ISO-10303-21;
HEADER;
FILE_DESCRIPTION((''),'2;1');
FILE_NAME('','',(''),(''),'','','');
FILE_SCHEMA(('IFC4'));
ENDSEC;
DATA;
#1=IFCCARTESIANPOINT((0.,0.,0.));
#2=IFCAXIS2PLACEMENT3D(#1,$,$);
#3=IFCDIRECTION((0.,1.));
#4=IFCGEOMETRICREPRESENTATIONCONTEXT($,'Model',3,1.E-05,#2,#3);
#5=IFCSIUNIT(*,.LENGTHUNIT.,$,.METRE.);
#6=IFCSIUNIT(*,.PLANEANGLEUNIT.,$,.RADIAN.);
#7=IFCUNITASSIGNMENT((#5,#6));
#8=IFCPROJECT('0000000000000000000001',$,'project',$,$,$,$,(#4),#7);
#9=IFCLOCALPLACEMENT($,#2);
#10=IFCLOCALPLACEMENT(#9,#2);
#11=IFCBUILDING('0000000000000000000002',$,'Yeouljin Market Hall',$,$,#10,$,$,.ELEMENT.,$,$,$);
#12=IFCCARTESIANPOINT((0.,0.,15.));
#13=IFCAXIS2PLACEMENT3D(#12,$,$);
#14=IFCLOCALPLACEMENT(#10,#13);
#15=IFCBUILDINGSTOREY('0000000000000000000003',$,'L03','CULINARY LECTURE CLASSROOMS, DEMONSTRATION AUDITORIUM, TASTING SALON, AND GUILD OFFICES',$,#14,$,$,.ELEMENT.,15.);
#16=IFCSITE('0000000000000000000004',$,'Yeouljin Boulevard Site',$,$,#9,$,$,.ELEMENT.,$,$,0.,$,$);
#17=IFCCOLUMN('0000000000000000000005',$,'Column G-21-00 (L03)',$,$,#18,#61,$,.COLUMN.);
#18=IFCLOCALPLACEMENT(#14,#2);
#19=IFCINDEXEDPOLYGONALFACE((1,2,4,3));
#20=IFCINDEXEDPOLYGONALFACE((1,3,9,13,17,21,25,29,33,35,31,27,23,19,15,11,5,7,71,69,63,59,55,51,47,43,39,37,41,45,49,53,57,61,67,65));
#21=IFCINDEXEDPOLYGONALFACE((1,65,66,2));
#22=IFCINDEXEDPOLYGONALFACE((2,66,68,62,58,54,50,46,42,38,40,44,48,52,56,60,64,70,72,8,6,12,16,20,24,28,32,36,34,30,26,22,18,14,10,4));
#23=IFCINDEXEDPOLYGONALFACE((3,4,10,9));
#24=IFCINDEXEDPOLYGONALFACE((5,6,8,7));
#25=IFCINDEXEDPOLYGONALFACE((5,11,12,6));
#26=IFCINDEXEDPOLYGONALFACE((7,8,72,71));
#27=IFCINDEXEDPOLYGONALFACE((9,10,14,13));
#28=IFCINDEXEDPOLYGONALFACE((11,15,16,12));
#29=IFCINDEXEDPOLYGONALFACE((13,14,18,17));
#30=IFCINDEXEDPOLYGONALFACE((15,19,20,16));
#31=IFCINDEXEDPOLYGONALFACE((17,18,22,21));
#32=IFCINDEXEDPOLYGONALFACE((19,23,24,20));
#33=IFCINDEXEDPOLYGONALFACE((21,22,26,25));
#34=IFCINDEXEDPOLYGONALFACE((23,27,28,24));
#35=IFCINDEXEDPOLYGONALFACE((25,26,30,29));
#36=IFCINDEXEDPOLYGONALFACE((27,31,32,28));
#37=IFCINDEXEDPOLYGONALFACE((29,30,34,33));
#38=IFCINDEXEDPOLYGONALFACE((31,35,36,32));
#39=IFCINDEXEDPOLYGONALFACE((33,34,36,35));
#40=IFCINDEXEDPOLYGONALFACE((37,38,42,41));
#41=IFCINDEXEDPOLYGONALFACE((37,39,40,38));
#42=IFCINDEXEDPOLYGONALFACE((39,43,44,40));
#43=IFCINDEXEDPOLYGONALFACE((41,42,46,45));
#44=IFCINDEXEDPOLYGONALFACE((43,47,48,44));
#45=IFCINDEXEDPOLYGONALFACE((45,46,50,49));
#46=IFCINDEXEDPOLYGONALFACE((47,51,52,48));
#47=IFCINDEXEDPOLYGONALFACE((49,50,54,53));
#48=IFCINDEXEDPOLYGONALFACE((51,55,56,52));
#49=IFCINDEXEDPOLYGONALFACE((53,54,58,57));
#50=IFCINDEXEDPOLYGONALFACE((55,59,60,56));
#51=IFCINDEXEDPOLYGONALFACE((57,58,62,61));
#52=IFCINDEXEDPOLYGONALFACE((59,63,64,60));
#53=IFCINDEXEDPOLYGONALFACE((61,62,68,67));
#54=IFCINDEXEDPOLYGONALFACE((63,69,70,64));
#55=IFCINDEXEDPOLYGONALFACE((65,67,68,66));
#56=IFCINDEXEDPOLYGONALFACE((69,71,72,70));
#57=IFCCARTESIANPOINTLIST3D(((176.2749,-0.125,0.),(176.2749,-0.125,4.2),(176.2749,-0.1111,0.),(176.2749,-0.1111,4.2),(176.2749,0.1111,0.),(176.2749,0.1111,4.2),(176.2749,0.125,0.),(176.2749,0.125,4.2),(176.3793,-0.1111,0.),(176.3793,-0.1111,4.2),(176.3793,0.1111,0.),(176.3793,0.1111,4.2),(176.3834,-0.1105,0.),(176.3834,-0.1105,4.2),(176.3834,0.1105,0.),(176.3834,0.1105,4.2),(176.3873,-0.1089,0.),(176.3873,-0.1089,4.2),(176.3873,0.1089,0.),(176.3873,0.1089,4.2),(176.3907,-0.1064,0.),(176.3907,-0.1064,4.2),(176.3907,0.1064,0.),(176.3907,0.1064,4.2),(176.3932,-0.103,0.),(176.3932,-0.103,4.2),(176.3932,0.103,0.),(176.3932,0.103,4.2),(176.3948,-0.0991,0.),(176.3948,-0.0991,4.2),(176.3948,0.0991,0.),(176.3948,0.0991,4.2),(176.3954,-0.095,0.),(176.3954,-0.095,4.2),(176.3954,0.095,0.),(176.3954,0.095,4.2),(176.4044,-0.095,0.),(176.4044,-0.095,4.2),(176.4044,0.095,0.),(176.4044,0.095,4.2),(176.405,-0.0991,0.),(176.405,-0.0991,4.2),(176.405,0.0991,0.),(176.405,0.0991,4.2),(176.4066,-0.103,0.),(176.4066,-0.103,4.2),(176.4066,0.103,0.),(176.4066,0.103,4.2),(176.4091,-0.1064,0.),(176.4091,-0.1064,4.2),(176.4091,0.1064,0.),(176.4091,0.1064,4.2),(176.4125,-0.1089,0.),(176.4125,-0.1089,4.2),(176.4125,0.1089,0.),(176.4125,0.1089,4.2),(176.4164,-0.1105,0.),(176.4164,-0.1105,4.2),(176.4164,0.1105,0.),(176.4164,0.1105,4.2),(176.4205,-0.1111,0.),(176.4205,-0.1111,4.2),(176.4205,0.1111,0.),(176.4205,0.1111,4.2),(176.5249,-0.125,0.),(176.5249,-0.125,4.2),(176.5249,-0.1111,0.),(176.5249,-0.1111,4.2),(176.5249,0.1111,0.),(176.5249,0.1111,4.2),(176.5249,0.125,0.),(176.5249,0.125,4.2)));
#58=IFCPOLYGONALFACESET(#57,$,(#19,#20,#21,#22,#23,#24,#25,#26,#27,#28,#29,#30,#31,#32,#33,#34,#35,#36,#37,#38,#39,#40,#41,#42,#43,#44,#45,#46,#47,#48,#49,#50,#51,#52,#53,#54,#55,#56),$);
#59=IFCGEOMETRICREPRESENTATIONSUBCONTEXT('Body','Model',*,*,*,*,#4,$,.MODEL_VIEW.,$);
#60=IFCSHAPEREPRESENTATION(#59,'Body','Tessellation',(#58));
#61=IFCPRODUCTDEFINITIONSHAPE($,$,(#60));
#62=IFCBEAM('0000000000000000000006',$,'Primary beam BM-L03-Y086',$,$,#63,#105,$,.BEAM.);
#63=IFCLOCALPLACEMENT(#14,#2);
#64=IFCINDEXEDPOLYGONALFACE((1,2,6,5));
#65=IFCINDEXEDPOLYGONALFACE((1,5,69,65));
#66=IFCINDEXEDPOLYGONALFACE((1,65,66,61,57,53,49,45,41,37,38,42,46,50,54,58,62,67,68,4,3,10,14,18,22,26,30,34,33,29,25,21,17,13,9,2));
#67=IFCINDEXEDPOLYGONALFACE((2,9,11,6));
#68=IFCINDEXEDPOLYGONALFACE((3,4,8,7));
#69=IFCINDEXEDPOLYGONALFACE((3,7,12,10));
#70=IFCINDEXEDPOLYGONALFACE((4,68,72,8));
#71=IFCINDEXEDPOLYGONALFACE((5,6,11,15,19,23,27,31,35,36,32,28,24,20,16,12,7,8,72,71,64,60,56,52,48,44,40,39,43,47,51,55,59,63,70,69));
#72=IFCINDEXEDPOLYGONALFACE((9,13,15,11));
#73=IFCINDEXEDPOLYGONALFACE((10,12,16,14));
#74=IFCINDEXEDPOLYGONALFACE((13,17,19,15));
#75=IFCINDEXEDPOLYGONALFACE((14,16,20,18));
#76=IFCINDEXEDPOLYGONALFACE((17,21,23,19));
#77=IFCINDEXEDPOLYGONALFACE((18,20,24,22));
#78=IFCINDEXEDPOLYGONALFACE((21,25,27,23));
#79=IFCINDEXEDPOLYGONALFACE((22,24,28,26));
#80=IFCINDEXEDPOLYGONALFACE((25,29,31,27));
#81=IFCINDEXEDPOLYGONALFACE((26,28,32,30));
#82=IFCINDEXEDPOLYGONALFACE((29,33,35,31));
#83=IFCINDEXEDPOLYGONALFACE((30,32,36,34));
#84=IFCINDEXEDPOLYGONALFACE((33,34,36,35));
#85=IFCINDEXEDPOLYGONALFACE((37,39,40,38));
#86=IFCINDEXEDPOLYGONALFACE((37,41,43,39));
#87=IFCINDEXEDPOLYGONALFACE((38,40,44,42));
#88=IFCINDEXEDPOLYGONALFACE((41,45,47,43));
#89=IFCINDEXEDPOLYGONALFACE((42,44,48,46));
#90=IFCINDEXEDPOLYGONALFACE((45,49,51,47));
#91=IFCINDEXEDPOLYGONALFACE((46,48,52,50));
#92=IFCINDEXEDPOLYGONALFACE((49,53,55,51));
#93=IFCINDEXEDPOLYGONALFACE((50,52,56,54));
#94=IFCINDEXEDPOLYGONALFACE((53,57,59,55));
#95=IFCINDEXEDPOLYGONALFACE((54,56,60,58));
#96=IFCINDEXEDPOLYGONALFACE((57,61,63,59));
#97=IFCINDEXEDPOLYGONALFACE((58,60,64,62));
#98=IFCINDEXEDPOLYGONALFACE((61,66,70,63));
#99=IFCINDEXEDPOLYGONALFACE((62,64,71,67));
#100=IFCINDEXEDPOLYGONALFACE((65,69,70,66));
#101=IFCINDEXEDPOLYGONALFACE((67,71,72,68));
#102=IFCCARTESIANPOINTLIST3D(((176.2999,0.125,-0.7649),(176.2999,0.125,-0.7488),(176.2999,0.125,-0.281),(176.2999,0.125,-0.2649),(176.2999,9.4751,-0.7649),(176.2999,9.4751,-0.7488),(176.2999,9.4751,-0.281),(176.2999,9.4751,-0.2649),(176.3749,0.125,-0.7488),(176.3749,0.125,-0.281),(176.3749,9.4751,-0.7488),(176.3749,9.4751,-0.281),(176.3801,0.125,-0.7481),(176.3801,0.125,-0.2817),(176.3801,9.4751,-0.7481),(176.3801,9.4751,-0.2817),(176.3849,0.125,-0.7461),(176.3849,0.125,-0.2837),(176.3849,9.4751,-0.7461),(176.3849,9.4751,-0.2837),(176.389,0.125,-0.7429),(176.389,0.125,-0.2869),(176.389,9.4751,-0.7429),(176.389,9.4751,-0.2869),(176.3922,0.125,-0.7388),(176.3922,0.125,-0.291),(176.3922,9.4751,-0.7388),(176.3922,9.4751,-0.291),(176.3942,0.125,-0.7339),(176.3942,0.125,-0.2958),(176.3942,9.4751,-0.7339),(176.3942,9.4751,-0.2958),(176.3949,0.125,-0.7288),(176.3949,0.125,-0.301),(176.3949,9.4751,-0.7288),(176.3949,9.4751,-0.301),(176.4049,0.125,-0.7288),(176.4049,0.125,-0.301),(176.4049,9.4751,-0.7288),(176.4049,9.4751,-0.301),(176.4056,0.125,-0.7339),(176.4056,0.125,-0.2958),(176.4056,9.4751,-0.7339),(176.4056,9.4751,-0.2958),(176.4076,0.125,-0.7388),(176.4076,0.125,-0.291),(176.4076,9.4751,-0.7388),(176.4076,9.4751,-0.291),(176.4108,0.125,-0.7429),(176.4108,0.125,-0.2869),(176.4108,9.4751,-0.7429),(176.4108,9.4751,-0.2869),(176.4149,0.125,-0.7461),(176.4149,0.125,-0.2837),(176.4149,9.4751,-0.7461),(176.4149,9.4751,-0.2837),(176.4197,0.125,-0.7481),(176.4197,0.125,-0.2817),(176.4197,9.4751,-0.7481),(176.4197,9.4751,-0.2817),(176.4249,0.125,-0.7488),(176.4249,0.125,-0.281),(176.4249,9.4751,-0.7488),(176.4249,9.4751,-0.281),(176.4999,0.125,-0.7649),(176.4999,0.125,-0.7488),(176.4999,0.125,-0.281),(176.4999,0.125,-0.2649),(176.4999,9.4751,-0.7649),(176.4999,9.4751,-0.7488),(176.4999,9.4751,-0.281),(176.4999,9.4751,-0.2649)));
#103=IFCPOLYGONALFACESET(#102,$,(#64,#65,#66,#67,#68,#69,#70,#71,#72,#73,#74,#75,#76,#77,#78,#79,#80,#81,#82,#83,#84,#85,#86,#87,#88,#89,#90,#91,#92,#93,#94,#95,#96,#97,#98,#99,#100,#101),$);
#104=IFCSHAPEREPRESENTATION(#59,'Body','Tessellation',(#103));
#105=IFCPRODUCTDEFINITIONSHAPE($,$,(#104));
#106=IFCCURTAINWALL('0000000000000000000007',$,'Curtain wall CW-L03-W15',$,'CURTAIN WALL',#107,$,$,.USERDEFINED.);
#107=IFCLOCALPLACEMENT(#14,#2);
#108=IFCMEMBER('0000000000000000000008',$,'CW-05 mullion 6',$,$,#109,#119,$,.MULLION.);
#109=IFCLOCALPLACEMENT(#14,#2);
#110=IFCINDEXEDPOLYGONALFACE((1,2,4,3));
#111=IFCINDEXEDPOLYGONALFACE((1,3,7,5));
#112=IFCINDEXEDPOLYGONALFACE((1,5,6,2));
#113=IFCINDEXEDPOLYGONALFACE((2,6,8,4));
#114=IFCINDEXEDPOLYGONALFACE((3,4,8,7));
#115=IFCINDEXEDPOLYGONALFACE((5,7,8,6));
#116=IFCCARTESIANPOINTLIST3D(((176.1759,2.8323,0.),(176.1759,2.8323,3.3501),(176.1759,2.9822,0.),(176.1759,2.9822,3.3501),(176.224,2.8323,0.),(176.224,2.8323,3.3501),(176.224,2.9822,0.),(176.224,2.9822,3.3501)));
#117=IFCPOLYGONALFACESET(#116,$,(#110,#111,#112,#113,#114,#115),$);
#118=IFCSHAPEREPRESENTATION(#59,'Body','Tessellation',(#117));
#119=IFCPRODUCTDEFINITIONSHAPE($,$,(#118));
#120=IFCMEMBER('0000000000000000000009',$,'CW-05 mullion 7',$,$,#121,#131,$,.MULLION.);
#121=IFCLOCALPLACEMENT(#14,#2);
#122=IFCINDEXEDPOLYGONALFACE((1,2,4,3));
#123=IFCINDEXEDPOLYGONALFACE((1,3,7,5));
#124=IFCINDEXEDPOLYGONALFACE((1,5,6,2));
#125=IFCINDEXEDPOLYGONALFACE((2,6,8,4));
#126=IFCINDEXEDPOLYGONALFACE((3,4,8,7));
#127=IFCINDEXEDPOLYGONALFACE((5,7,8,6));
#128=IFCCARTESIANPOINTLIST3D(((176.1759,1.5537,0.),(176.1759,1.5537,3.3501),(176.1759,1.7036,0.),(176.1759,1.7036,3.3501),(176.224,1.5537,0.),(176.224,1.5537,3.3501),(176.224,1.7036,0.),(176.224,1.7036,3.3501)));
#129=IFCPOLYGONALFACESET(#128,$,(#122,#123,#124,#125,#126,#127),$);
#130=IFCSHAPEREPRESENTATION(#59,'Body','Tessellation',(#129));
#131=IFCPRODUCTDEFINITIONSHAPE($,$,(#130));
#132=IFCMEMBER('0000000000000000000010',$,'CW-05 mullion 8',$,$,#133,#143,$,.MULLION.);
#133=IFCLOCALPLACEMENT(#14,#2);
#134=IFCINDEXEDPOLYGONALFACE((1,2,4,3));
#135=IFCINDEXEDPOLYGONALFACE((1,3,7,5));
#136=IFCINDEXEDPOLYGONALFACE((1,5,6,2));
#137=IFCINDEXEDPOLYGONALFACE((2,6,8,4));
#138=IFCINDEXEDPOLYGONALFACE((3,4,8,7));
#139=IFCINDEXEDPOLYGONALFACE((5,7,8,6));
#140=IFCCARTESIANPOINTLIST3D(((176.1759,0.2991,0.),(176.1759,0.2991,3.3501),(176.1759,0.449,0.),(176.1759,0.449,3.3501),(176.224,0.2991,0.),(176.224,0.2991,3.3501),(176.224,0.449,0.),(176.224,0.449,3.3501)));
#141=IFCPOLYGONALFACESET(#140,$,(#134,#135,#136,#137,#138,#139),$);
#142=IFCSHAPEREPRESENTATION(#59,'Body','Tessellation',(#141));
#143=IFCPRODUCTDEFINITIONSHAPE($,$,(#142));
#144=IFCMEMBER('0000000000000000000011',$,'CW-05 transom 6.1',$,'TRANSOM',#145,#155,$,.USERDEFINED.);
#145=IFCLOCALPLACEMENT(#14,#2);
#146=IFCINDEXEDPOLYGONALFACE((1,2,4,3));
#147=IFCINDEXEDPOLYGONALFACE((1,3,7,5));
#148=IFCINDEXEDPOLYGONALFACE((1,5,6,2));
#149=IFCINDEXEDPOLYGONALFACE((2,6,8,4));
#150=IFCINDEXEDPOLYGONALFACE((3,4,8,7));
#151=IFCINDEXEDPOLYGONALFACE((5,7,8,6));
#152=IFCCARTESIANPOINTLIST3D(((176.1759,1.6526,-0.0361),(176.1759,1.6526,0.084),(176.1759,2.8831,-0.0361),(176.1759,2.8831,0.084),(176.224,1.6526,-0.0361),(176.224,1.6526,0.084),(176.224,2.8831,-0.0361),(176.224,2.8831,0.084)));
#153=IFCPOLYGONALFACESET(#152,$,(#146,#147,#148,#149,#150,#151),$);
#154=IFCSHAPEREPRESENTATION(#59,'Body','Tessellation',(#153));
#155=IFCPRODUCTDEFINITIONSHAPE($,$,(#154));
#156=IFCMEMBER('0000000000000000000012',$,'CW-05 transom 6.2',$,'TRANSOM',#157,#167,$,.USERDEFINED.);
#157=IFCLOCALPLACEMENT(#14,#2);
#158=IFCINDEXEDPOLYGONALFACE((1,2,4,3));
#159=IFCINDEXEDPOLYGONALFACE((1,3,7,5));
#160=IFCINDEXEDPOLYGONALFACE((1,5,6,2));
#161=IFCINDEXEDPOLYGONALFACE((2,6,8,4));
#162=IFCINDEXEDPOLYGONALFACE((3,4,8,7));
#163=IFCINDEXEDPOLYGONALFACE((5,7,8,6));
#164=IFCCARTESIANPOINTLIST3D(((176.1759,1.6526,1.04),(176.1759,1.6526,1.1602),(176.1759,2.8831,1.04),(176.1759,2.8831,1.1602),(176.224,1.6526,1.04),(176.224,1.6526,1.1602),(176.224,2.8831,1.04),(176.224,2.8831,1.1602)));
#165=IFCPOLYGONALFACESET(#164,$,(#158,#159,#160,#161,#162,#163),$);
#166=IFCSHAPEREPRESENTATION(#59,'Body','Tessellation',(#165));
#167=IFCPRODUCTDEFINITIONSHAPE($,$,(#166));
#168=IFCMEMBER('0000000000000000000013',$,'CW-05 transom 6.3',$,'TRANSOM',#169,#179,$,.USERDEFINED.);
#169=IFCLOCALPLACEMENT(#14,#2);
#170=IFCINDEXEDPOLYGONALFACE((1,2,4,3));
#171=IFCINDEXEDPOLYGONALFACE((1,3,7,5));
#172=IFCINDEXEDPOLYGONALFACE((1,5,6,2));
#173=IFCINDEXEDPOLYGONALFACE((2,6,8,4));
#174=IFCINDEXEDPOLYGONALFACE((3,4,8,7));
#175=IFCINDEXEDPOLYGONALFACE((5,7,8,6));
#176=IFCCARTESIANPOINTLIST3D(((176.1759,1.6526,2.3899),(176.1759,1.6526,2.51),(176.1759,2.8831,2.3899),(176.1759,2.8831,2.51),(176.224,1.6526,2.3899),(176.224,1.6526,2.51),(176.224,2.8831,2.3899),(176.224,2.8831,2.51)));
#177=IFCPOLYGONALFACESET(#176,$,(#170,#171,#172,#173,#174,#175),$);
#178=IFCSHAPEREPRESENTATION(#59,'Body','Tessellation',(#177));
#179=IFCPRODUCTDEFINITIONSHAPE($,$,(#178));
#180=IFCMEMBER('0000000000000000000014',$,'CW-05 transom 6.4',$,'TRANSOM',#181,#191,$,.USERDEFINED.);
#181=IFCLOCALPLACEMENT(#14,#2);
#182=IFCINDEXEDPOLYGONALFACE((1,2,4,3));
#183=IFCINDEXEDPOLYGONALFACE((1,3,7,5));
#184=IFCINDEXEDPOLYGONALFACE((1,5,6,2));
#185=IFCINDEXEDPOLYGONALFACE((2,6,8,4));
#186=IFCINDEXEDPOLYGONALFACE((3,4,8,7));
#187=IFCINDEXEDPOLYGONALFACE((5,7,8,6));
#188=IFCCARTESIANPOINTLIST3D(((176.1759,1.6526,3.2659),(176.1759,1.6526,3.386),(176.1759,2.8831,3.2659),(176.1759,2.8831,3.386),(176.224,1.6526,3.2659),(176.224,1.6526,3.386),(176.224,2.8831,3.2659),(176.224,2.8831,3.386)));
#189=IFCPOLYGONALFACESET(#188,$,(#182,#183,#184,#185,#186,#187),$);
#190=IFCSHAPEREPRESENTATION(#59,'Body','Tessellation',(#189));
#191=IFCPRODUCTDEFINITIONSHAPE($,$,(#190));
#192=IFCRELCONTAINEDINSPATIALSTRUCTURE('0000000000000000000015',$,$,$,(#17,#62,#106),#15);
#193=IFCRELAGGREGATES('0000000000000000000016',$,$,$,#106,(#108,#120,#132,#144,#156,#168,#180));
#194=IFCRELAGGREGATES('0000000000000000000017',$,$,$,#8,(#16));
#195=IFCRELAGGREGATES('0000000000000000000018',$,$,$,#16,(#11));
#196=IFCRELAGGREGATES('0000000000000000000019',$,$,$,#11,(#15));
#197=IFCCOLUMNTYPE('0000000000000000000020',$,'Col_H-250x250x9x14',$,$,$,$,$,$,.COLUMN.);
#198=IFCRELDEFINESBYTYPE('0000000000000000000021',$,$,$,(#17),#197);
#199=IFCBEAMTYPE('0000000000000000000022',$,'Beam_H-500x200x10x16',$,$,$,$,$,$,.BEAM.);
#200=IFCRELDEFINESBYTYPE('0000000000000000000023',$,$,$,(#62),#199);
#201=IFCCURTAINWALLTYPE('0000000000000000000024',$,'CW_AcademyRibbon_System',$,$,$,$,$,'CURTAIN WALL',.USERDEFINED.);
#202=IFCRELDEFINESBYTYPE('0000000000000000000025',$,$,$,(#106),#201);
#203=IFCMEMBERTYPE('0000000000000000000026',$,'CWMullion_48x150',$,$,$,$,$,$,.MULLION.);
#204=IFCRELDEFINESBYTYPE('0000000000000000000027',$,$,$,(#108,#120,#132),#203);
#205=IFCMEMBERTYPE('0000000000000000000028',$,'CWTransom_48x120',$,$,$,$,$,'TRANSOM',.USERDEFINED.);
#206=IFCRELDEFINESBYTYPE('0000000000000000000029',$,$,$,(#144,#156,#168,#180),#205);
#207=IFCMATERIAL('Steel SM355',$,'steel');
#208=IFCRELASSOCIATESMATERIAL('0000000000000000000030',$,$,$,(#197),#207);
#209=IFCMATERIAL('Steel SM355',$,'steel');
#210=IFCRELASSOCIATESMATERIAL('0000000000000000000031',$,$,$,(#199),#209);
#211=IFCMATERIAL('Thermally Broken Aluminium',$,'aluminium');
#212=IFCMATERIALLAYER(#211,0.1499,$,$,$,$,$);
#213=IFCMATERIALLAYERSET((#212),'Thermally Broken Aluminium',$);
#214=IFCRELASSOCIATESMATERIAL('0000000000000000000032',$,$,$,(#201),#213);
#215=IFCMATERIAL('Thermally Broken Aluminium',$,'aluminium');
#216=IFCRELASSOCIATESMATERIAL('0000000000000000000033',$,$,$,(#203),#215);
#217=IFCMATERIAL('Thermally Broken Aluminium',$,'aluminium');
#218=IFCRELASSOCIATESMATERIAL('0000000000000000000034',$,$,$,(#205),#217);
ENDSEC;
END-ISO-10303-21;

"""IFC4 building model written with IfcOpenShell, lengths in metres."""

from ifc_helpers import new_model, si_unit, direction, frame, origin, origin_2d, place, context, subcontext, project, spatial, rectangle, i_section, extrude, material, layer, layer_set, material_profile, profile_set, type_object, element, aggregate, save


model = new_model("IFC4")

# Units and contexts
model_context = context("Model", 3, precision=1e-05, world=origin(), true_north=direction((0.0, 1.0)))
body_context = subcontext(model_context, "Body", "Model", "MODEL_VIEW")
ifc_project = project(units=[si_unit("LENGTHUNIT", "METRE"), si_unit("PLANEANGLEUNIT", "RADIAN")], contexts=[model_context])

# Site, building, storey
site_placement = place(None, origin())
site = spatial("IfcSite", under=ifc_project, at=site_placement, Name="Yeouljin Boulevard Site", CompositionType="ELEMENT", RefElevation=0.0)
building_placement = place(site_placement, origin())
building = spatial("IfcBuilding", under=site, at=building_placement, Name="Yeouljin Market Hall", CompositionType="ELEMENT")
storey_placement = place(building_placement, frame((0.0, 0.0, 15.0)))
storey = spatial("IfcBuildingStorey", under=building, at=storey_placement, Name="L03", Description="CULINARY LECTURE CLASSROOMS, DEMONSTRATION AUDITORIUM, TASTING SALON, AND GUILD OFFICES", CompositionType="ELEMENT", Elevation=15.0)

# Column
ifc_material_1 = material(Name="Steel SM355", Category="steel")
ifc_material_profile_1 = material_profile(ifc_material_1, i_section(OverallWidth=0.25, OverallDepth=0.25, WebThickness=0.009, FlangeThickness=0.0139, FilletRadius=0.0161, at=origin_2d()), Name="H-250x250x9x14")
ifc_profile_set_1 = profile_set([ifc_material_profile_1], Name="Steel SM355")
column_type = type_object("IfcColumnType", Name="Col_H-250x250x9x14", PredefinedType="COLUMN", material=ifc_profile_set_1)
column_placement = place(storey_placement, frame((176.3999, 0.0, 0.0), z_axis=(0.0, 0.0, 1.0), x_axis=(1.0, 0.0, 0.0)))
element("IfcColumn", 1, at=column_placement, inside=storey, type_object=column_type, Name="Column G-21-00 (L03)", PredefinedType="COLUMN", context=body_context, shape_type="SweptSolid", body=[
    extrude(i_section(OverallWidth=0.25, OverallDepth=0.25, WebThickness=0.009, FlangeThickness=0.0139, FilletRadius=0.0161, at=origin_2d()), origin(), (0.0, 0.0, 1.0), 4.2),
])

# Beam
ifc_material_2 = material(Name="Steel SM355", Category="steel")
ifc_material_profile_2 = material_profile(ifc_material_2, i_section(OverallWidth=0.2, OverallDepth=0.5, WebThickness=0.01, FlangeThickness=0.0161, FilletRadius=0.02, at=origin_2d()), Name="H-500x200x10x16")
ifc_profile_set_2 = profile_set([ifc_material_profile_2], Name="Steel SM355")
beam_type_1 = type_object("IfcBeamType", Name="Beam_H-500x200x10x16", PredefinedType="BEAM", material=ifc_profile_set_2)
beam_1_placement = place(storey_placement, frame((176.3999, 0.125, -0.5149), z_axis=(0.0, 1.0, 0.0), x_axis=(-1.0, 0.0, 0.0)))
element("IfcBeam", 2, at=beam_1_placement, inside=storey, type_object=beam_type_1, Name="Primary beam BM-L03-Y086", PredefinedType="BEAM", context=body_context, shape_type="SweptSolid", body=[
    extrude(i_section(OverallWidth=0.2, OverallDepth=0.5, WebThickness=0.01, FlangeThickness=0.0161, FilletRadius=0.02, at=origin_2d()), origin(), (0.0, 0.0, 1.0), 9.3501),
])

# Curtain wall, members
ifc_material_3 = material(Name="Thermally Broken Aluminium", Category="aluminium")
ifc_layer_1 = layer(ifc_material_3, 0.1499)
ifc_layer_set_1 = layer_set([ifc_layer_1], Name="Thermally Broken Aluminium")
curtain_wall_type = type_object("IfcCurtainWallType", Name="CW_AcademyRibbon_System", ElementType="CURTAIN WALL", PredefinedType="USERDEFINED", material=ifc_layer_set_1)
curtain_wall_placement = place(storey_placement, origin())
curtain_wall = element("IfcCurtainWall", 3, at=curtain_wall_placement, inside=storey, type_object=curtain_wall_type, Name="Curtain wall CW-L03-W15", ObjectType="CURTAIN WALL", PredefinedType="USERDEFINED")
ifc_material_4 = material(Name="Thermally Broken Aluminium", Category="aluminium")
ifc_material_profile_3 = material_profile(ifc_material_4, rectangle(XDim=0.0481, YDim=0.1499, at=origin_2d()), Name="CW-MULL-48x150")
ifc_profile_set_3 = profile_set([ifc_material_profile_3], Name="Thermally Broken Aluminium")
member_type_1 = type_object("IfcMemberType", Name="CWMullion_48x150", PredefinedType="MULLION", material=ifc_profile_set_3)
member_1_placement = place(storey_placement, frame((176.2, 2.9072, 0.0), z_axis=(0.0, 0.0, 1.0), x_axis=(1.0, 0.0, 0.0)))
member_1 = element("IfcMember", 4, at=member_1_placement, type_object=member_type_1, Name="CW-05 mullion 6", PredefinedType="MULLION", context=body_context, shape_type="SweptSolid", body=[
    extrude(rectangle(XDim=0.0481, YDim=0.1499, at=origin_2d()), origin(), (0.0, 0.0, 1.0), 3.3501),
])
member_2_placement = place(storey_placement, frame((176.2, 1.6287, 0.0), z_axis=(0.0, 0.0, 1.0), x_axis=(1.0, 0.0, 0.0)))
member_2 = element("IfcMember", 5, at=member_2_placement, type_object=member_type_1, Name="CW-05 mullion 7", PredefinedType="MULLION", context=body_context, shape_type="SweptSolid", body=[
    extrude(rectangle(XDim=0.0481, YDim=0.1499, at=origin_2d()), origin(), (0.0, 0.0, 1.0), 3.3501),
])
member_3_placement = place(storey_placement, frame((176.2, 0.374, 0.0), z_axis=(0.0, 0.0, 1.0), x_axis=(1.0, 0.0, 0.0)))
member_3 = element("IfcMember", 6, at=member_3_placement, type_object=member_type_1, Name="CW-05 mullion 8", PredefinedType="MULLION", context=body_context, shape_type="SweptSolid", body=[
    extrude(rectangle(XDim=0.0481, YDim=0.1499, at=origin_2d()), origin(), (0.0, 0.0, 1.0), 3.3501),
])
ifc_material_5 = material(Name="Thermally Broken Aluminium", Category="aluminium")
ifc_material_profile_4 = material_profile(ifc_material_5, rectangle(XDim=0.0481, YDim=0.1201, at=origin_2d()), Name="CW-TRAN-48x120")
ifc_profile_set_4 = profile_set([ifc_material_profile_4], Name="Thermally Broken Aluminium")
member_type_2 = type_object("IfcMemberType", Name="CWTransom_48x120", ElementType="TRANSOM", PredefinedType="USERDEFINED", material=ifc_profile_set_4)
member_4_placement = place(storey_placement, frame((176.2, 2.8831, 0.0239), z_axis=(0.0, -1.0, 0.0), x_axis=(1.0, 0.0, 0.0)))
member_4 = element("IfcMember", 7, at=member_4_placement, type_object=member_type_2, Name="CW-05 transom 6.1", ObjectType="TRANSOM", PredefinedType="USERDEFINED", context=body_context, shape_type="SweptSolid", body=[
    extrude(rectangle(XDim=0.0481, YDim=0.1201, at=origin_2d()), origin(), (0.0, 0.0, 1.0), 1.2305),
])
member_5_placement = place(storey_placement, frame((176.2, 2.8831, 1.1001), z_axis=(0.0, -1.0, 0.0), x_axis=(1.0, 0.0, 0.0)))
member_5 = element("IfcMember", 8, at=member_5_placement, type_object=member_type_2, Name="CW-05 transom 6.2", ObjectType="TRANSOM", PredefinedType="USERDEFINED", context=body_context, shape_type="SweptSolid", body=[
    extrude(rectangle(XDim=0.0481, YDim=0.1201, at=origin_2d()), origin(), (0.0, 0.0, 1.0), 1.2305),
])
member_6_placement = place(storey_placement, frame((176.2, 2.8831, 2.45), z_axis=(0.0, -1.0, 0.0), x_axis=(1.0, 0.0, 0.0)))
member_6 = element("IfcMember", 9, at=member_6_placement, type_object=member_type_2, Name="CW-05 transom 6.3", ObjectType="TRANSOM", PredefinedType="USERDEFINED", context=body_context, shape_type="SweptSolid", body=[
    extrude(rectangle(XDim=0.0481, YDim=0.1201, at=origin_2d()), origin(), (0.0, 0.0, 1.0), 1.2305),
])
member_7_placement = place(storey_placement, frame((176.2, 2.8831, 3.3259), z_axis=(0.0, -1.0, 0.0), x_axis=(1.0, 0.0, 0.0)))
member_7 = element("IfcMember", 10, at=member_7_placement, type_object=member_type_2, Name="CW-05 transom 6.4", ObjectType="TRANSOM", PredefinedType="USERDEFINED", context=body_context, shape_type="SweptSolid", body=[
    extrude(rectangle(XDim=0.0481, YDim=0.1201, at=origin_2d()), origin(), (0.0, 0.0, 1.0), 1.2305),
])

aggregate(curtain_wall, [member_1, member_2, member_3, member_4, member_5, member_6, member_7])

save(model, "model.ifc")
